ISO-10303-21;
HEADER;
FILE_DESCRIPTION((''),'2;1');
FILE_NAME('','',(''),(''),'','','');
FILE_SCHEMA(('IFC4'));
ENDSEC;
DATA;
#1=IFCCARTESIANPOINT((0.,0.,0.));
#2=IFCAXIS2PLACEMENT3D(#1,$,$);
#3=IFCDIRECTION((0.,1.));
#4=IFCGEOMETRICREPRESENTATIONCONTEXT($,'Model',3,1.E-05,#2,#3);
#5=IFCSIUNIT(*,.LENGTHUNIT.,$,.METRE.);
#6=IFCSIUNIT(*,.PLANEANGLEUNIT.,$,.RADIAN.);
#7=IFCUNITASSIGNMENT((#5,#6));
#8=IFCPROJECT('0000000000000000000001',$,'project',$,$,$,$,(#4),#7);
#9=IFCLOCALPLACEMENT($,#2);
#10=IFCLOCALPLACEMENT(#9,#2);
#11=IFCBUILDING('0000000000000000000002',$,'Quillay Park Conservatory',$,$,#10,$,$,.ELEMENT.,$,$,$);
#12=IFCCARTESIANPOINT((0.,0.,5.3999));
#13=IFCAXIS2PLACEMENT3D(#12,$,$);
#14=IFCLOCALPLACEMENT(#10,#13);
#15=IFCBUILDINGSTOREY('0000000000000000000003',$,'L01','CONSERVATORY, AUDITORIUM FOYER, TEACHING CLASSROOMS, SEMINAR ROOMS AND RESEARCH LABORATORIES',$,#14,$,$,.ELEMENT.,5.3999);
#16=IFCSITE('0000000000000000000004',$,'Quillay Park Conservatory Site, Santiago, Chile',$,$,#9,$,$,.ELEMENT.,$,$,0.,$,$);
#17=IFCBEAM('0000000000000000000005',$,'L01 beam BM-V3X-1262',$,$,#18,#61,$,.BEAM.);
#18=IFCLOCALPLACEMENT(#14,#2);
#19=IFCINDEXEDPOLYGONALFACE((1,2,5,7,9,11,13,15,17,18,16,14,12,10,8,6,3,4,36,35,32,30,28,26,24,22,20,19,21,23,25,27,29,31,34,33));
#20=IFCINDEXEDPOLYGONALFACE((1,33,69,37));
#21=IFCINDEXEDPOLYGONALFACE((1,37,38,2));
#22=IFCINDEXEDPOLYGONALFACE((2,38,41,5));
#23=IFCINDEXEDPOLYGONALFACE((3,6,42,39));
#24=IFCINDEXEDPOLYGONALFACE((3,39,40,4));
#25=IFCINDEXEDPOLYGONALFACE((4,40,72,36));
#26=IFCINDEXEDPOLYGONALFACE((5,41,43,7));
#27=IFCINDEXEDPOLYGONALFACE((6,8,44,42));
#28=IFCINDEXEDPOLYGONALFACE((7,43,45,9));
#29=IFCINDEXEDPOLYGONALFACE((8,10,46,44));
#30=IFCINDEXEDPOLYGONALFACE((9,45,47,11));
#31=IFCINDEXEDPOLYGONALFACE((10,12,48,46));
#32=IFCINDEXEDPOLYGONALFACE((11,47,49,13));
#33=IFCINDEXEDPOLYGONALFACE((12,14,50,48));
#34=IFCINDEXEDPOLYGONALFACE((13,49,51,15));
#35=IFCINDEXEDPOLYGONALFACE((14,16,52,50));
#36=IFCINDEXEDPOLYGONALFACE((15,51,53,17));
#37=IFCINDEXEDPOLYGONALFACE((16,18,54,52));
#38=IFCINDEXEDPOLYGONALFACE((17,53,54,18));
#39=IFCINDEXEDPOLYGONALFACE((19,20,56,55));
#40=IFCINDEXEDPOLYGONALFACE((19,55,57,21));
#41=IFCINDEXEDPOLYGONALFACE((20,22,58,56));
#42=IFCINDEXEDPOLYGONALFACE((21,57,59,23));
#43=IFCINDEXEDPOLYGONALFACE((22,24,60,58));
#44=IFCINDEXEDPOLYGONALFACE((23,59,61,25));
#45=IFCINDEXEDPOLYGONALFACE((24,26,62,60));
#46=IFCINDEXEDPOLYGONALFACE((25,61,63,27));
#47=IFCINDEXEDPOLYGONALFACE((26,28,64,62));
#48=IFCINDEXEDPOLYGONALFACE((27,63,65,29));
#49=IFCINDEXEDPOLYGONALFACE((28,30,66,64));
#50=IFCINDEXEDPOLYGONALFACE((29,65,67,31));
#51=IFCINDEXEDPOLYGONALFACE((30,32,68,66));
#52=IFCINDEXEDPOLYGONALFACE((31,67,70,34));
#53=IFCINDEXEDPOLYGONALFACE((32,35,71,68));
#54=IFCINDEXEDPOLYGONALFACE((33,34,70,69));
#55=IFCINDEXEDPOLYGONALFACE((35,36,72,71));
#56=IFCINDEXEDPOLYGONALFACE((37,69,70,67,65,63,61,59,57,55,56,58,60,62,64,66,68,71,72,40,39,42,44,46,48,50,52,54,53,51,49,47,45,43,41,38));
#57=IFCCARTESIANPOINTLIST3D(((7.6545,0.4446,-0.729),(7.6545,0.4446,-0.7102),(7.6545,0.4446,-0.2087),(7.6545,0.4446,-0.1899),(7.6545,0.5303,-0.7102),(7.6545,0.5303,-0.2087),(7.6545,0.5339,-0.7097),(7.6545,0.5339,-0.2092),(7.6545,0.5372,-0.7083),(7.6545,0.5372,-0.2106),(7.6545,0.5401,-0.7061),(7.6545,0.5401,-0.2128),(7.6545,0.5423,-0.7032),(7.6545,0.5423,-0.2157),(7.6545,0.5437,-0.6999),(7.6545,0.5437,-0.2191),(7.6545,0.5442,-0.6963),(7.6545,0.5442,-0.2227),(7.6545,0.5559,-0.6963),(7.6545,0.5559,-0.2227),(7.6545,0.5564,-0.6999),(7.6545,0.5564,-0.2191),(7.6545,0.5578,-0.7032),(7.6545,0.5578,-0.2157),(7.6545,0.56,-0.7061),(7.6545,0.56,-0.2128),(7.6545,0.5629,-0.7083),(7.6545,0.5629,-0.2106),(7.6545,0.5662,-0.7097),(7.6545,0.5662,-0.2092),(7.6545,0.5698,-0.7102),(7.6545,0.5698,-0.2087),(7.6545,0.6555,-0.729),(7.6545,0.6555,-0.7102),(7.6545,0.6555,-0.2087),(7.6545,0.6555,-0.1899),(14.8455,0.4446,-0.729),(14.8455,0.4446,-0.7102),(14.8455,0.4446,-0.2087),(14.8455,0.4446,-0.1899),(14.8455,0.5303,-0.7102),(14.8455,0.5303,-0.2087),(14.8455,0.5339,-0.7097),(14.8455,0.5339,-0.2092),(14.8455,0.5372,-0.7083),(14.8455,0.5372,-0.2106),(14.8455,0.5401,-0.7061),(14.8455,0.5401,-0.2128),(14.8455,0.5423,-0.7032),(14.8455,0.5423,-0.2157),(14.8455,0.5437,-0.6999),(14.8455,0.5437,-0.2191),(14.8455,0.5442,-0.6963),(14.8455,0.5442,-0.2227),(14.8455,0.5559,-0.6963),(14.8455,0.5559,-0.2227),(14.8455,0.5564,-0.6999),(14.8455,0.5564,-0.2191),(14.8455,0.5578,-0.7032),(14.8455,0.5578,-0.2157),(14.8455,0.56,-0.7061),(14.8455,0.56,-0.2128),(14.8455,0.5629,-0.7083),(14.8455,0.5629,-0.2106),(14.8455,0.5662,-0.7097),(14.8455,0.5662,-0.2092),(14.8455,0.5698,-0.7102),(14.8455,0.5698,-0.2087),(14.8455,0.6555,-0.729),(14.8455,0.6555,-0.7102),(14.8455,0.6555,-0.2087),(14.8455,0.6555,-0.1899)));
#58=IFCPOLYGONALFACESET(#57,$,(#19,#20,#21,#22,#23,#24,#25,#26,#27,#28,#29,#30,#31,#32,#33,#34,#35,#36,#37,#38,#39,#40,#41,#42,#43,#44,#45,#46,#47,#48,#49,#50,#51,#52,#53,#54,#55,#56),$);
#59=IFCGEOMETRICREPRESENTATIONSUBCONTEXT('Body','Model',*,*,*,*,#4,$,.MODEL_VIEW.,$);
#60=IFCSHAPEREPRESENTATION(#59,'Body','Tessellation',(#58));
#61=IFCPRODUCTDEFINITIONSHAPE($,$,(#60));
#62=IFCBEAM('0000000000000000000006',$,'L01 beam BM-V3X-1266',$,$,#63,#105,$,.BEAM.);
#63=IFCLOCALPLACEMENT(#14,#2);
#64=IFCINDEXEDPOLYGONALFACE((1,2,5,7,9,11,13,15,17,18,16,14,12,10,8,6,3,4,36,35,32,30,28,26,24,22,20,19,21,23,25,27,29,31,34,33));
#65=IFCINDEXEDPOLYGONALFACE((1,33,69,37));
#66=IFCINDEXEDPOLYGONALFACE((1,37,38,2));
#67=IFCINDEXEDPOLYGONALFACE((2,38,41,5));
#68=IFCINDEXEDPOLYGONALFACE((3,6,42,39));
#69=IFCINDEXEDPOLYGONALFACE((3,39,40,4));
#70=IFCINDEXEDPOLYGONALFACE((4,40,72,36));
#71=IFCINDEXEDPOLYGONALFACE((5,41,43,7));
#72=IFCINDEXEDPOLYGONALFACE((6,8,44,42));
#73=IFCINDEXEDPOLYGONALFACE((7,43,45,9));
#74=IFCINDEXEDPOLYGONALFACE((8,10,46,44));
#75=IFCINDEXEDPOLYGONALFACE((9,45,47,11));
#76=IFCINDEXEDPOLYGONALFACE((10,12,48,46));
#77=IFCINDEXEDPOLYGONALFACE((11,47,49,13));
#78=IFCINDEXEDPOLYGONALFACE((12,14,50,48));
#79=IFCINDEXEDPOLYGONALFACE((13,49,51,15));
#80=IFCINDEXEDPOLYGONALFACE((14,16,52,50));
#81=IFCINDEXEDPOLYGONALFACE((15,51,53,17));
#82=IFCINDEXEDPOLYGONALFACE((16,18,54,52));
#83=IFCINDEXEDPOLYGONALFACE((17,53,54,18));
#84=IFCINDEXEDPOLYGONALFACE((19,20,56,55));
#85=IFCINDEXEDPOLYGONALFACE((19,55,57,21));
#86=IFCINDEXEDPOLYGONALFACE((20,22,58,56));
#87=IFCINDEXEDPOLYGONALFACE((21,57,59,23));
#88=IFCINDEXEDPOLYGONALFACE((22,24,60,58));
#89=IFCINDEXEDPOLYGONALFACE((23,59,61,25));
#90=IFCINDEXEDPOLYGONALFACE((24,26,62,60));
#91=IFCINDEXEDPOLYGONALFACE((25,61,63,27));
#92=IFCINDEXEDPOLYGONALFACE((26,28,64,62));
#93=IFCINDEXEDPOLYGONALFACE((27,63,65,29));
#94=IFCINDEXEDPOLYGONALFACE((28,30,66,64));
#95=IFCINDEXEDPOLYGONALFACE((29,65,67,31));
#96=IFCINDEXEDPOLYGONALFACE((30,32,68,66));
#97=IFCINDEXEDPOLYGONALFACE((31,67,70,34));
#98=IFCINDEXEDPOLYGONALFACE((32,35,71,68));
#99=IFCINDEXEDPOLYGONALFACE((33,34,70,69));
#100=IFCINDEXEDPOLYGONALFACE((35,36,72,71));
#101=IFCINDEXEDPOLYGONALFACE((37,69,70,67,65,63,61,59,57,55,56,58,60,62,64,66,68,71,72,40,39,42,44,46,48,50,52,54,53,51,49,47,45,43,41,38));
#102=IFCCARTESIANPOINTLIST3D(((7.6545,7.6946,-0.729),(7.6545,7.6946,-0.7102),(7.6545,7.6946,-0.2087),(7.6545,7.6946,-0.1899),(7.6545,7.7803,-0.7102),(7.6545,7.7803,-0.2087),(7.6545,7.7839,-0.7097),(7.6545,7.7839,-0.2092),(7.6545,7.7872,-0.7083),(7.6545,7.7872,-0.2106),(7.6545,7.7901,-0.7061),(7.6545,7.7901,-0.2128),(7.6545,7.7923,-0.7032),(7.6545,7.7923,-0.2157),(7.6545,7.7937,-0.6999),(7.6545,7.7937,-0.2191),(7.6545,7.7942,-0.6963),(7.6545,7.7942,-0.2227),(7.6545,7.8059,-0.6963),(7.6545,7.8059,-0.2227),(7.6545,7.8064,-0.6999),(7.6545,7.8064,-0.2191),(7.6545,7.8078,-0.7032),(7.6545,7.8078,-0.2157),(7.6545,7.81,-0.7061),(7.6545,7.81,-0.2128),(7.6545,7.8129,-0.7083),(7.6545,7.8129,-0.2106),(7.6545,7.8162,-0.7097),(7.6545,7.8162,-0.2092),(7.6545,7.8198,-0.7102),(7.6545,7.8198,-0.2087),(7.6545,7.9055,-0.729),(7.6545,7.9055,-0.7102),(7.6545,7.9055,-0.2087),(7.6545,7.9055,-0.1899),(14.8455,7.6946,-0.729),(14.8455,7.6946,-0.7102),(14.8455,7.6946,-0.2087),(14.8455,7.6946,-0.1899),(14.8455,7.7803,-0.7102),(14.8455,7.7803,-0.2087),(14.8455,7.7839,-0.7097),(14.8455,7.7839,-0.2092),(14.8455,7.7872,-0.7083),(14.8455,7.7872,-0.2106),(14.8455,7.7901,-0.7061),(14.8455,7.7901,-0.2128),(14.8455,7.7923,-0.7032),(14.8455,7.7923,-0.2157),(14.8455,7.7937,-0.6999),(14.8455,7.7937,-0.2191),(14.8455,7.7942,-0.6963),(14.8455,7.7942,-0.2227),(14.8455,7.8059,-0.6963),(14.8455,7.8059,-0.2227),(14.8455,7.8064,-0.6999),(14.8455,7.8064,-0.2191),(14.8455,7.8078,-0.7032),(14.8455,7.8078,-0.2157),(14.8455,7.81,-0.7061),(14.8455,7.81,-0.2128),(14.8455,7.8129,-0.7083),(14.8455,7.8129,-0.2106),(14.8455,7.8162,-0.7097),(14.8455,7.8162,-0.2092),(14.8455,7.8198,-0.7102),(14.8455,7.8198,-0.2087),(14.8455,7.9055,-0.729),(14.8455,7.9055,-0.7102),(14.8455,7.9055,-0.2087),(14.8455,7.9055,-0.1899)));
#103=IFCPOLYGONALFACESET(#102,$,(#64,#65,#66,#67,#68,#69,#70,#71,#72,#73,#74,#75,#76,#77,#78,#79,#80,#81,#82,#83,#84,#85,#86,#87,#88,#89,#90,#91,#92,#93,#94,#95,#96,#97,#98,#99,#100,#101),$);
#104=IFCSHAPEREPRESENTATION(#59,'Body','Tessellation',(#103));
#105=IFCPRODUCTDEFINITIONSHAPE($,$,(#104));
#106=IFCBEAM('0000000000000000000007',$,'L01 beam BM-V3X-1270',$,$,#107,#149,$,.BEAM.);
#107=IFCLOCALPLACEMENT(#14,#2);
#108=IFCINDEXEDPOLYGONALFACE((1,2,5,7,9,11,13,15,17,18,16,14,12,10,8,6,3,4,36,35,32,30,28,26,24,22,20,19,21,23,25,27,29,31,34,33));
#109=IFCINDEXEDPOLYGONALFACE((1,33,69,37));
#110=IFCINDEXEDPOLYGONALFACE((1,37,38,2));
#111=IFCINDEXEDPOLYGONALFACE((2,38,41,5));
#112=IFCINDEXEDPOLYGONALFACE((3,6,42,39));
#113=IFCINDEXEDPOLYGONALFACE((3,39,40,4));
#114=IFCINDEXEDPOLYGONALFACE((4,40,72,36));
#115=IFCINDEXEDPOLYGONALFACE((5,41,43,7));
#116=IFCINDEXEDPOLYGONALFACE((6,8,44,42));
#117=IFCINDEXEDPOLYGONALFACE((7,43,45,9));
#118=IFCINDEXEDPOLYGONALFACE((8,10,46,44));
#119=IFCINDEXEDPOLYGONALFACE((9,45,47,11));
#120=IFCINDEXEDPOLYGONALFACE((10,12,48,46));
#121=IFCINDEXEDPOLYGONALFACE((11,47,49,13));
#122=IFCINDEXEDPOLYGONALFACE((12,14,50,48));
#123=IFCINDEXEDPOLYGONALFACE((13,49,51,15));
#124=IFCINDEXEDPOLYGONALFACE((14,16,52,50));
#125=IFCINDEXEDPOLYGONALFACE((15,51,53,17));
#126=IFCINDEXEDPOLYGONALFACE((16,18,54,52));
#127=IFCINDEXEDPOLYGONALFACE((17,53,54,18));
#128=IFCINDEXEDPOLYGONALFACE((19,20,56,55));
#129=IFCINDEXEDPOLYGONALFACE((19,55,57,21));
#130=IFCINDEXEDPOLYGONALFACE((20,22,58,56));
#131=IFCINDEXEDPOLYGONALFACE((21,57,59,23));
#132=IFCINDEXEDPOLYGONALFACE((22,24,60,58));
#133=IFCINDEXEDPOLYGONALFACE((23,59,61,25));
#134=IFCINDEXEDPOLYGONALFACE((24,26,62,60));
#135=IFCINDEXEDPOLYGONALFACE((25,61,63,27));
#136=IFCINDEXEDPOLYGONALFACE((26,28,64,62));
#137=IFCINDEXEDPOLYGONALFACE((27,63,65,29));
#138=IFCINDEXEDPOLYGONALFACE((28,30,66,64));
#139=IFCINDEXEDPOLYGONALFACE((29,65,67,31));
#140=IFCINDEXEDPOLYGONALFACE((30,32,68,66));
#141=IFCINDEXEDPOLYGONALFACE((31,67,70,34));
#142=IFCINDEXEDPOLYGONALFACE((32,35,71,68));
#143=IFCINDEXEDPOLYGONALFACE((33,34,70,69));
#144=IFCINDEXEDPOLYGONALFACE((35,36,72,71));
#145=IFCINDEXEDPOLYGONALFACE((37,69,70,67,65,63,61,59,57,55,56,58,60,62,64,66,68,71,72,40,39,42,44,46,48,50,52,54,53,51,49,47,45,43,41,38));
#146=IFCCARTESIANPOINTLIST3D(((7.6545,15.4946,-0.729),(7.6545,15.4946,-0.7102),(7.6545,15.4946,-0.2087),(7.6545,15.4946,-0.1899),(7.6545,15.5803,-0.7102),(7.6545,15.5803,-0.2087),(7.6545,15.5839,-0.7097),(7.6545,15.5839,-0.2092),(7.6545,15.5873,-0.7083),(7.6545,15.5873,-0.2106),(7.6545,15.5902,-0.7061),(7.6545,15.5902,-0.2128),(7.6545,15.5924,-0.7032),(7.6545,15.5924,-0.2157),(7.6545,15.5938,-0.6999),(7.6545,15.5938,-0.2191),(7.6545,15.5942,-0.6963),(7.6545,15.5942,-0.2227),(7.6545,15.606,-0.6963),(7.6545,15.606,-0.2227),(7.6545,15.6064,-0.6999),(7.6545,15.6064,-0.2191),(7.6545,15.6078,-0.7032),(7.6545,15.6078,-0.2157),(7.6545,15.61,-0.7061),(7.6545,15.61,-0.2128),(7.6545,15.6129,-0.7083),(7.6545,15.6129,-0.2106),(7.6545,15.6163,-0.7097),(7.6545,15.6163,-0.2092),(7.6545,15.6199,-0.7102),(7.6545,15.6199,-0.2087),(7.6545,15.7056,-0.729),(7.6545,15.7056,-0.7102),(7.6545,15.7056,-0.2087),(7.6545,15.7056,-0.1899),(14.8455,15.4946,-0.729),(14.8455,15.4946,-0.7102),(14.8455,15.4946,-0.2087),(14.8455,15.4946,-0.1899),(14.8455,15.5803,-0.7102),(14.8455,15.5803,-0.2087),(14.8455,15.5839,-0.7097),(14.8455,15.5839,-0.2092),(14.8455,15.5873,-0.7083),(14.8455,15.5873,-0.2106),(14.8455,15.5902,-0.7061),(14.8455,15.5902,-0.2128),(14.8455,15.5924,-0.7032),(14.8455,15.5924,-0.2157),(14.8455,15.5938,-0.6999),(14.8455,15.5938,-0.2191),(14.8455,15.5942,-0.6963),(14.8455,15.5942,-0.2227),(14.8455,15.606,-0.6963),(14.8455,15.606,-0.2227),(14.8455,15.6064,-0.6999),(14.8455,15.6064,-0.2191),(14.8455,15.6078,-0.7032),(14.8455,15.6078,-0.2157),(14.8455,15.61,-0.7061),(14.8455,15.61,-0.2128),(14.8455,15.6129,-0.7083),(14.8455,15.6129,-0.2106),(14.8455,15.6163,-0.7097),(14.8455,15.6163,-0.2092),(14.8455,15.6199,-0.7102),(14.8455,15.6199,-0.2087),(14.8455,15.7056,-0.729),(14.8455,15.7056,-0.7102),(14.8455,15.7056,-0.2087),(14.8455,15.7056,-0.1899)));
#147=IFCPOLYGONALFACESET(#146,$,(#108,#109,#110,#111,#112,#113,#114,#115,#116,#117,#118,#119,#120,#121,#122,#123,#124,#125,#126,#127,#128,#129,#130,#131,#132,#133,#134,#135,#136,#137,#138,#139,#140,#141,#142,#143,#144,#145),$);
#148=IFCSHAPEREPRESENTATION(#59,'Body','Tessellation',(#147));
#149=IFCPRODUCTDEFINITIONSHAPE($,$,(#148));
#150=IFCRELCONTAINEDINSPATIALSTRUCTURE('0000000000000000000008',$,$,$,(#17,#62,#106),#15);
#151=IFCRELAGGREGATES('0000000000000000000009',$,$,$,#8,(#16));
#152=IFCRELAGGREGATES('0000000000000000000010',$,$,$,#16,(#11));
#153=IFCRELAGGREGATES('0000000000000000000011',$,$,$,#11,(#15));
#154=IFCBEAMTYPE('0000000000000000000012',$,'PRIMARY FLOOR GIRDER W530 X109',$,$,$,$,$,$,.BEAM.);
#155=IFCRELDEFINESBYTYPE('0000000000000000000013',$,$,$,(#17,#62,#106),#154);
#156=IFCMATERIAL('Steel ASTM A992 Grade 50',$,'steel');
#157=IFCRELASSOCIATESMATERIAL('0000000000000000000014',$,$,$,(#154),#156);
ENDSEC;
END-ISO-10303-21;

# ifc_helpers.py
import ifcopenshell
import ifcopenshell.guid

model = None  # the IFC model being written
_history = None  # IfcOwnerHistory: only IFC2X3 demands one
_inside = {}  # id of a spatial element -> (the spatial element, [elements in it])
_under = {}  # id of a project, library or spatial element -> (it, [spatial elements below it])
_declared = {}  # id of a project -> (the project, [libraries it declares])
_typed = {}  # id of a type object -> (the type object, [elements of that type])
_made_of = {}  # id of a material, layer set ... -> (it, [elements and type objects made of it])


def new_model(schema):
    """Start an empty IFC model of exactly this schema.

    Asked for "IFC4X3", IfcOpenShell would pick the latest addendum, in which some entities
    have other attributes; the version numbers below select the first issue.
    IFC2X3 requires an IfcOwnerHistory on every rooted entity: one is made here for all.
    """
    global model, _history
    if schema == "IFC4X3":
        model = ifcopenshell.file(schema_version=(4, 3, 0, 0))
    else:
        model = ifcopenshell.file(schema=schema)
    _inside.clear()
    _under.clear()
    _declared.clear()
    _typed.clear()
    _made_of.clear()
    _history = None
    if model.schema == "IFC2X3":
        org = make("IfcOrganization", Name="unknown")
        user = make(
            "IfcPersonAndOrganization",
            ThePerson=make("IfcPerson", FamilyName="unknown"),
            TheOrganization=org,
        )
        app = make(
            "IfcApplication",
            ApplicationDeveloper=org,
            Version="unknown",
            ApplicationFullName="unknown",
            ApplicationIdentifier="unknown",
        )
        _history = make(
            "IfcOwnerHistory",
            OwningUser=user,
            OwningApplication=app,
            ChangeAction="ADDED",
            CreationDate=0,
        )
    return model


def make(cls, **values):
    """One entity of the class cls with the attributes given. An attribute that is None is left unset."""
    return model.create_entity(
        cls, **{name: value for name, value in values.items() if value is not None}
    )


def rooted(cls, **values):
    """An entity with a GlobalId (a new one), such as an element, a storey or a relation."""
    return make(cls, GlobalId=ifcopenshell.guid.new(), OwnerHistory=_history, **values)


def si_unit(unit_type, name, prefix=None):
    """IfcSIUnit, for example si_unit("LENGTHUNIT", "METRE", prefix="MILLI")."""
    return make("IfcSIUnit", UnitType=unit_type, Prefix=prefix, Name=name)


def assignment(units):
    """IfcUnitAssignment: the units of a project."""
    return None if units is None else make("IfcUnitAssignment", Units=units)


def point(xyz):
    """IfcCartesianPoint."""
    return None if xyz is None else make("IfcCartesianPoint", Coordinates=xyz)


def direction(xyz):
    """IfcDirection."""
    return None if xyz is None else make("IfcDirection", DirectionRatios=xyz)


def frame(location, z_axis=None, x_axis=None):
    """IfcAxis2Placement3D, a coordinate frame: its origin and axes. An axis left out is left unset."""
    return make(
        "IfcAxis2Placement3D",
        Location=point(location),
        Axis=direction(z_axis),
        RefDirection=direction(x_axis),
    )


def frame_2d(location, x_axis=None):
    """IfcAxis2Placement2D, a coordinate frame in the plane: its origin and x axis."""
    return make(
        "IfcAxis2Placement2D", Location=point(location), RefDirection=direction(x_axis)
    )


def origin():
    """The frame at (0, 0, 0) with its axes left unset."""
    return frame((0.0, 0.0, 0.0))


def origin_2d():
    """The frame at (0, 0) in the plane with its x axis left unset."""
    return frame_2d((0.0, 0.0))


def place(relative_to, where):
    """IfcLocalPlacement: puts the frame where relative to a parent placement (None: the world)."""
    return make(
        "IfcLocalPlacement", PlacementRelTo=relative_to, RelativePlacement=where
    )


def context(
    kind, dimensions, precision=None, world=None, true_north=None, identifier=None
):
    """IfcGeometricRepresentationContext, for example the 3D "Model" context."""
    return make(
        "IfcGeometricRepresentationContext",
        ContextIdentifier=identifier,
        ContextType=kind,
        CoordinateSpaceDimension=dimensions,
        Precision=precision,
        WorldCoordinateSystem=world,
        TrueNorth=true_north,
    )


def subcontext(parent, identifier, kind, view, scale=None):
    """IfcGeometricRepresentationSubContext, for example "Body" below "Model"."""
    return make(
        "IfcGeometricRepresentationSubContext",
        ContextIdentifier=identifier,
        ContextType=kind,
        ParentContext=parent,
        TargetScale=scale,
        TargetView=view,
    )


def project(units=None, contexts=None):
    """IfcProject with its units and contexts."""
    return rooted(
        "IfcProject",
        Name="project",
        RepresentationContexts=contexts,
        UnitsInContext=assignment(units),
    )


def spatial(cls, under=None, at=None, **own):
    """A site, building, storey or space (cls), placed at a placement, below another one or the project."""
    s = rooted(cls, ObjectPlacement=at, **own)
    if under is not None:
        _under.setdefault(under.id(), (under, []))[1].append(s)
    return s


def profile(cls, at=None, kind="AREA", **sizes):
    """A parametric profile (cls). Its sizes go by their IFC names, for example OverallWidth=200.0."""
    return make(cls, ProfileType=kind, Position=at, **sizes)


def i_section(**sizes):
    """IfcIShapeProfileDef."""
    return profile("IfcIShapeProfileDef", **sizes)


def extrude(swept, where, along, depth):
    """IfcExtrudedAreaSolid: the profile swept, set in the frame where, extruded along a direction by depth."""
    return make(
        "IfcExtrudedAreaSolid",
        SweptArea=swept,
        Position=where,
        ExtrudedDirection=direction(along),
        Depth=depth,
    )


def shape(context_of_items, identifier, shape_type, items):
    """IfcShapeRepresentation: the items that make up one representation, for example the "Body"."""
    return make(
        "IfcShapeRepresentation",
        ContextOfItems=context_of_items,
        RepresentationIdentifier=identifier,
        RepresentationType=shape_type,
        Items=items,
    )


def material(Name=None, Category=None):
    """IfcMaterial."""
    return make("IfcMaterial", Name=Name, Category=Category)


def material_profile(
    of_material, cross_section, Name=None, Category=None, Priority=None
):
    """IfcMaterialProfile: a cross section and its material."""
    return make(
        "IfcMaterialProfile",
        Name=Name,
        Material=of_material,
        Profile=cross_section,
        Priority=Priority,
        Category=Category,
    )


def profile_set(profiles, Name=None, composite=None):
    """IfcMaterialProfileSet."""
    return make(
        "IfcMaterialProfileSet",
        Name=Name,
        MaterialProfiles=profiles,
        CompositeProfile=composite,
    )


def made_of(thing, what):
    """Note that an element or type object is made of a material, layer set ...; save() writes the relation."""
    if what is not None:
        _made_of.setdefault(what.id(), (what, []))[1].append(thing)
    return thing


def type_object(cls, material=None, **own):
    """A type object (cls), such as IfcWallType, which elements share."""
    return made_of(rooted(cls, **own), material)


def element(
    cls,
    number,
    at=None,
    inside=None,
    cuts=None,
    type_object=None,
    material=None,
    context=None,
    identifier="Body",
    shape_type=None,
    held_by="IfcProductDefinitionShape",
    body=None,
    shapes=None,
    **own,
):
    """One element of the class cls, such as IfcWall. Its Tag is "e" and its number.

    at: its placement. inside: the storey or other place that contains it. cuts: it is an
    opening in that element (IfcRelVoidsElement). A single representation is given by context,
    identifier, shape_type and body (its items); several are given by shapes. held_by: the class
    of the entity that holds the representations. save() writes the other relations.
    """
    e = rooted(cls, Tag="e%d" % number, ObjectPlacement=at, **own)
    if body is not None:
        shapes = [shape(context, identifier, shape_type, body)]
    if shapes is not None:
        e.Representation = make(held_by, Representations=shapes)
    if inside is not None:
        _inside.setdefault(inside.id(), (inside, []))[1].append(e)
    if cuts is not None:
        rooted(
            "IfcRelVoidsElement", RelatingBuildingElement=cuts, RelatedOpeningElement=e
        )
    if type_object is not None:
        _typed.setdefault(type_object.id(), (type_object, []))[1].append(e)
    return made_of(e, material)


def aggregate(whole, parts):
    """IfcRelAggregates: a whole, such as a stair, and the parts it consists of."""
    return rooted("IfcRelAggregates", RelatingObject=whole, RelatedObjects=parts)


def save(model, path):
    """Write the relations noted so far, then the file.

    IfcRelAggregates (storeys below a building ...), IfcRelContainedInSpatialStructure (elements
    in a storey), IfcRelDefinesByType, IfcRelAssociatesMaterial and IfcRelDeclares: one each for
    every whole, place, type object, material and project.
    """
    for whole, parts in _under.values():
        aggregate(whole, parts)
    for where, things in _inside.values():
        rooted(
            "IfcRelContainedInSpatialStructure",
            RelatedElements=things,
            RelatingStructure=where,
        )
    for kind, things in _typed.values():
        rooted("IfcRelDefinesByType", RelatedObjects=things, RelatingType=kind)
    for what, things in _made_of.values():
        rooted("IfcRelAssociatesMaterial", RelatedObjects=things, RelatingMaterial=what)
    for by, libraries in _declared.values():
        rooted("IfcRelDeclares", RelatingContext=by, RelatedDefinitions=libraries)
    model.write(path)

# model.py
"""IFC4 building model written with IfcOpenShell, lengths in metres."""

from ifc_helpers import new_model, si_unit, direction, frame, origin, origin_2d, place, context, subcontext, project, spatial, i_section, extrude, material, material_profile, profile_set, type_object, element, save


model = new_model("IFC4")

# Units and contexts
model_context = context("Model", 3, precision=1e-05, world=origin(), true_north=direction((0.0, 1.0)))
body_context = subcontext(model_context, "Body", "Model", "MODEL_VIEW")
ifc_project = project(units=[si_unit("LENGTHUNIT", "METRE"), si_unit("PLANEANGLEUNIT", "RADIAN")], contexts=[model_context])

# Site, building, storey
site_placement = place(None, origin())
site = spatial("IfcSite", under=ifc_project, at=site_placement, Name="Quillay Park Conservatory Site, Santiago, Chile", CompositionType="ELEMENT", RefElevation=0.0)
building_placement = place(site_placement, origin())
building = spatial("IfcBuilding", under=site, at=building_placement, Name="Quillay Park Conservatory", CompositionType="ELEMENT")
storey_placement = place(building_placement, frame((0.0, 0.0, 5.3999)))
storey = spatial("IfcBuildingStorey", under=building, at=storey_placement, Name="L01", Description="CONSERVATORY, AUDITORIUM FOYER, TEACHING CLASSROOMS, SEMINAR ROOMS AND RESEARCH LABORATORIES", CompositionType="ELEMENT", Elevation=5.3999)

# Beams
ifc_material_1 = material(Name="Steel ASTM A992 Grade 50", Category="steel")
ifc_material_profile_1 = material_profile(ifc_material_1, i_section(OverallWidth=0.2109, OverallDepth=0.5391, WebThickness=0.0117, FlangeThickness=0.0188, FilletRadius=0.0139, at=origin_2d()), Name="W530x109")
ifc_profile_set_1 = profile_set([ifc_material_profile_1], Name="Steel ASTM A992 Grade 50")
beam_type_1 = type_object("IfcBeamType", Name="PRIMARY FLOOR GIRDER W530 X109", PredefinedType="BEAM", material=ifc_profile_set_1)
for number, where, z_axis, x_axis, name in (
    (1, (7.6545, 0.55, -0.4595), (1.0, 0.0, 0.0), (0.0, 1.0, 0.0), "L01 beam BM-V3X-1262"),
    (2, (7.6545, 7.8, -0.4595), (1.0, 0.0, 0.0), (0.0, 1.0, 0.0), "L01 beam BM-V3X-1266"),
    (3, (7.6545, 15.6001, -0.4595), (1.0, 0.0, 0.0), (0.0, 1.0, 0.0), "L01 beam BM-V3X-1270"),
):
    element("IfcBeam", number, at=place(storey_placement, frame(where, z_axis=z_axis, x_axis=x_axis)), inside=storey, type_object=beam_type_1, Name=name, PredefinedType="BEAM", context=body_context, shape_type="SweptSolid", body=[
        extrude(i_section(OverallWidth=0.2109, OverallDepth=0.5391, WebThickness=0.0117, FlangeThickness=0.0188, FilletRadius=0.0139, at=origin_2d()), origin(), (0.0, 0.0, 1.0), 7.1909),
    ])

save(model, "model.ifc")
